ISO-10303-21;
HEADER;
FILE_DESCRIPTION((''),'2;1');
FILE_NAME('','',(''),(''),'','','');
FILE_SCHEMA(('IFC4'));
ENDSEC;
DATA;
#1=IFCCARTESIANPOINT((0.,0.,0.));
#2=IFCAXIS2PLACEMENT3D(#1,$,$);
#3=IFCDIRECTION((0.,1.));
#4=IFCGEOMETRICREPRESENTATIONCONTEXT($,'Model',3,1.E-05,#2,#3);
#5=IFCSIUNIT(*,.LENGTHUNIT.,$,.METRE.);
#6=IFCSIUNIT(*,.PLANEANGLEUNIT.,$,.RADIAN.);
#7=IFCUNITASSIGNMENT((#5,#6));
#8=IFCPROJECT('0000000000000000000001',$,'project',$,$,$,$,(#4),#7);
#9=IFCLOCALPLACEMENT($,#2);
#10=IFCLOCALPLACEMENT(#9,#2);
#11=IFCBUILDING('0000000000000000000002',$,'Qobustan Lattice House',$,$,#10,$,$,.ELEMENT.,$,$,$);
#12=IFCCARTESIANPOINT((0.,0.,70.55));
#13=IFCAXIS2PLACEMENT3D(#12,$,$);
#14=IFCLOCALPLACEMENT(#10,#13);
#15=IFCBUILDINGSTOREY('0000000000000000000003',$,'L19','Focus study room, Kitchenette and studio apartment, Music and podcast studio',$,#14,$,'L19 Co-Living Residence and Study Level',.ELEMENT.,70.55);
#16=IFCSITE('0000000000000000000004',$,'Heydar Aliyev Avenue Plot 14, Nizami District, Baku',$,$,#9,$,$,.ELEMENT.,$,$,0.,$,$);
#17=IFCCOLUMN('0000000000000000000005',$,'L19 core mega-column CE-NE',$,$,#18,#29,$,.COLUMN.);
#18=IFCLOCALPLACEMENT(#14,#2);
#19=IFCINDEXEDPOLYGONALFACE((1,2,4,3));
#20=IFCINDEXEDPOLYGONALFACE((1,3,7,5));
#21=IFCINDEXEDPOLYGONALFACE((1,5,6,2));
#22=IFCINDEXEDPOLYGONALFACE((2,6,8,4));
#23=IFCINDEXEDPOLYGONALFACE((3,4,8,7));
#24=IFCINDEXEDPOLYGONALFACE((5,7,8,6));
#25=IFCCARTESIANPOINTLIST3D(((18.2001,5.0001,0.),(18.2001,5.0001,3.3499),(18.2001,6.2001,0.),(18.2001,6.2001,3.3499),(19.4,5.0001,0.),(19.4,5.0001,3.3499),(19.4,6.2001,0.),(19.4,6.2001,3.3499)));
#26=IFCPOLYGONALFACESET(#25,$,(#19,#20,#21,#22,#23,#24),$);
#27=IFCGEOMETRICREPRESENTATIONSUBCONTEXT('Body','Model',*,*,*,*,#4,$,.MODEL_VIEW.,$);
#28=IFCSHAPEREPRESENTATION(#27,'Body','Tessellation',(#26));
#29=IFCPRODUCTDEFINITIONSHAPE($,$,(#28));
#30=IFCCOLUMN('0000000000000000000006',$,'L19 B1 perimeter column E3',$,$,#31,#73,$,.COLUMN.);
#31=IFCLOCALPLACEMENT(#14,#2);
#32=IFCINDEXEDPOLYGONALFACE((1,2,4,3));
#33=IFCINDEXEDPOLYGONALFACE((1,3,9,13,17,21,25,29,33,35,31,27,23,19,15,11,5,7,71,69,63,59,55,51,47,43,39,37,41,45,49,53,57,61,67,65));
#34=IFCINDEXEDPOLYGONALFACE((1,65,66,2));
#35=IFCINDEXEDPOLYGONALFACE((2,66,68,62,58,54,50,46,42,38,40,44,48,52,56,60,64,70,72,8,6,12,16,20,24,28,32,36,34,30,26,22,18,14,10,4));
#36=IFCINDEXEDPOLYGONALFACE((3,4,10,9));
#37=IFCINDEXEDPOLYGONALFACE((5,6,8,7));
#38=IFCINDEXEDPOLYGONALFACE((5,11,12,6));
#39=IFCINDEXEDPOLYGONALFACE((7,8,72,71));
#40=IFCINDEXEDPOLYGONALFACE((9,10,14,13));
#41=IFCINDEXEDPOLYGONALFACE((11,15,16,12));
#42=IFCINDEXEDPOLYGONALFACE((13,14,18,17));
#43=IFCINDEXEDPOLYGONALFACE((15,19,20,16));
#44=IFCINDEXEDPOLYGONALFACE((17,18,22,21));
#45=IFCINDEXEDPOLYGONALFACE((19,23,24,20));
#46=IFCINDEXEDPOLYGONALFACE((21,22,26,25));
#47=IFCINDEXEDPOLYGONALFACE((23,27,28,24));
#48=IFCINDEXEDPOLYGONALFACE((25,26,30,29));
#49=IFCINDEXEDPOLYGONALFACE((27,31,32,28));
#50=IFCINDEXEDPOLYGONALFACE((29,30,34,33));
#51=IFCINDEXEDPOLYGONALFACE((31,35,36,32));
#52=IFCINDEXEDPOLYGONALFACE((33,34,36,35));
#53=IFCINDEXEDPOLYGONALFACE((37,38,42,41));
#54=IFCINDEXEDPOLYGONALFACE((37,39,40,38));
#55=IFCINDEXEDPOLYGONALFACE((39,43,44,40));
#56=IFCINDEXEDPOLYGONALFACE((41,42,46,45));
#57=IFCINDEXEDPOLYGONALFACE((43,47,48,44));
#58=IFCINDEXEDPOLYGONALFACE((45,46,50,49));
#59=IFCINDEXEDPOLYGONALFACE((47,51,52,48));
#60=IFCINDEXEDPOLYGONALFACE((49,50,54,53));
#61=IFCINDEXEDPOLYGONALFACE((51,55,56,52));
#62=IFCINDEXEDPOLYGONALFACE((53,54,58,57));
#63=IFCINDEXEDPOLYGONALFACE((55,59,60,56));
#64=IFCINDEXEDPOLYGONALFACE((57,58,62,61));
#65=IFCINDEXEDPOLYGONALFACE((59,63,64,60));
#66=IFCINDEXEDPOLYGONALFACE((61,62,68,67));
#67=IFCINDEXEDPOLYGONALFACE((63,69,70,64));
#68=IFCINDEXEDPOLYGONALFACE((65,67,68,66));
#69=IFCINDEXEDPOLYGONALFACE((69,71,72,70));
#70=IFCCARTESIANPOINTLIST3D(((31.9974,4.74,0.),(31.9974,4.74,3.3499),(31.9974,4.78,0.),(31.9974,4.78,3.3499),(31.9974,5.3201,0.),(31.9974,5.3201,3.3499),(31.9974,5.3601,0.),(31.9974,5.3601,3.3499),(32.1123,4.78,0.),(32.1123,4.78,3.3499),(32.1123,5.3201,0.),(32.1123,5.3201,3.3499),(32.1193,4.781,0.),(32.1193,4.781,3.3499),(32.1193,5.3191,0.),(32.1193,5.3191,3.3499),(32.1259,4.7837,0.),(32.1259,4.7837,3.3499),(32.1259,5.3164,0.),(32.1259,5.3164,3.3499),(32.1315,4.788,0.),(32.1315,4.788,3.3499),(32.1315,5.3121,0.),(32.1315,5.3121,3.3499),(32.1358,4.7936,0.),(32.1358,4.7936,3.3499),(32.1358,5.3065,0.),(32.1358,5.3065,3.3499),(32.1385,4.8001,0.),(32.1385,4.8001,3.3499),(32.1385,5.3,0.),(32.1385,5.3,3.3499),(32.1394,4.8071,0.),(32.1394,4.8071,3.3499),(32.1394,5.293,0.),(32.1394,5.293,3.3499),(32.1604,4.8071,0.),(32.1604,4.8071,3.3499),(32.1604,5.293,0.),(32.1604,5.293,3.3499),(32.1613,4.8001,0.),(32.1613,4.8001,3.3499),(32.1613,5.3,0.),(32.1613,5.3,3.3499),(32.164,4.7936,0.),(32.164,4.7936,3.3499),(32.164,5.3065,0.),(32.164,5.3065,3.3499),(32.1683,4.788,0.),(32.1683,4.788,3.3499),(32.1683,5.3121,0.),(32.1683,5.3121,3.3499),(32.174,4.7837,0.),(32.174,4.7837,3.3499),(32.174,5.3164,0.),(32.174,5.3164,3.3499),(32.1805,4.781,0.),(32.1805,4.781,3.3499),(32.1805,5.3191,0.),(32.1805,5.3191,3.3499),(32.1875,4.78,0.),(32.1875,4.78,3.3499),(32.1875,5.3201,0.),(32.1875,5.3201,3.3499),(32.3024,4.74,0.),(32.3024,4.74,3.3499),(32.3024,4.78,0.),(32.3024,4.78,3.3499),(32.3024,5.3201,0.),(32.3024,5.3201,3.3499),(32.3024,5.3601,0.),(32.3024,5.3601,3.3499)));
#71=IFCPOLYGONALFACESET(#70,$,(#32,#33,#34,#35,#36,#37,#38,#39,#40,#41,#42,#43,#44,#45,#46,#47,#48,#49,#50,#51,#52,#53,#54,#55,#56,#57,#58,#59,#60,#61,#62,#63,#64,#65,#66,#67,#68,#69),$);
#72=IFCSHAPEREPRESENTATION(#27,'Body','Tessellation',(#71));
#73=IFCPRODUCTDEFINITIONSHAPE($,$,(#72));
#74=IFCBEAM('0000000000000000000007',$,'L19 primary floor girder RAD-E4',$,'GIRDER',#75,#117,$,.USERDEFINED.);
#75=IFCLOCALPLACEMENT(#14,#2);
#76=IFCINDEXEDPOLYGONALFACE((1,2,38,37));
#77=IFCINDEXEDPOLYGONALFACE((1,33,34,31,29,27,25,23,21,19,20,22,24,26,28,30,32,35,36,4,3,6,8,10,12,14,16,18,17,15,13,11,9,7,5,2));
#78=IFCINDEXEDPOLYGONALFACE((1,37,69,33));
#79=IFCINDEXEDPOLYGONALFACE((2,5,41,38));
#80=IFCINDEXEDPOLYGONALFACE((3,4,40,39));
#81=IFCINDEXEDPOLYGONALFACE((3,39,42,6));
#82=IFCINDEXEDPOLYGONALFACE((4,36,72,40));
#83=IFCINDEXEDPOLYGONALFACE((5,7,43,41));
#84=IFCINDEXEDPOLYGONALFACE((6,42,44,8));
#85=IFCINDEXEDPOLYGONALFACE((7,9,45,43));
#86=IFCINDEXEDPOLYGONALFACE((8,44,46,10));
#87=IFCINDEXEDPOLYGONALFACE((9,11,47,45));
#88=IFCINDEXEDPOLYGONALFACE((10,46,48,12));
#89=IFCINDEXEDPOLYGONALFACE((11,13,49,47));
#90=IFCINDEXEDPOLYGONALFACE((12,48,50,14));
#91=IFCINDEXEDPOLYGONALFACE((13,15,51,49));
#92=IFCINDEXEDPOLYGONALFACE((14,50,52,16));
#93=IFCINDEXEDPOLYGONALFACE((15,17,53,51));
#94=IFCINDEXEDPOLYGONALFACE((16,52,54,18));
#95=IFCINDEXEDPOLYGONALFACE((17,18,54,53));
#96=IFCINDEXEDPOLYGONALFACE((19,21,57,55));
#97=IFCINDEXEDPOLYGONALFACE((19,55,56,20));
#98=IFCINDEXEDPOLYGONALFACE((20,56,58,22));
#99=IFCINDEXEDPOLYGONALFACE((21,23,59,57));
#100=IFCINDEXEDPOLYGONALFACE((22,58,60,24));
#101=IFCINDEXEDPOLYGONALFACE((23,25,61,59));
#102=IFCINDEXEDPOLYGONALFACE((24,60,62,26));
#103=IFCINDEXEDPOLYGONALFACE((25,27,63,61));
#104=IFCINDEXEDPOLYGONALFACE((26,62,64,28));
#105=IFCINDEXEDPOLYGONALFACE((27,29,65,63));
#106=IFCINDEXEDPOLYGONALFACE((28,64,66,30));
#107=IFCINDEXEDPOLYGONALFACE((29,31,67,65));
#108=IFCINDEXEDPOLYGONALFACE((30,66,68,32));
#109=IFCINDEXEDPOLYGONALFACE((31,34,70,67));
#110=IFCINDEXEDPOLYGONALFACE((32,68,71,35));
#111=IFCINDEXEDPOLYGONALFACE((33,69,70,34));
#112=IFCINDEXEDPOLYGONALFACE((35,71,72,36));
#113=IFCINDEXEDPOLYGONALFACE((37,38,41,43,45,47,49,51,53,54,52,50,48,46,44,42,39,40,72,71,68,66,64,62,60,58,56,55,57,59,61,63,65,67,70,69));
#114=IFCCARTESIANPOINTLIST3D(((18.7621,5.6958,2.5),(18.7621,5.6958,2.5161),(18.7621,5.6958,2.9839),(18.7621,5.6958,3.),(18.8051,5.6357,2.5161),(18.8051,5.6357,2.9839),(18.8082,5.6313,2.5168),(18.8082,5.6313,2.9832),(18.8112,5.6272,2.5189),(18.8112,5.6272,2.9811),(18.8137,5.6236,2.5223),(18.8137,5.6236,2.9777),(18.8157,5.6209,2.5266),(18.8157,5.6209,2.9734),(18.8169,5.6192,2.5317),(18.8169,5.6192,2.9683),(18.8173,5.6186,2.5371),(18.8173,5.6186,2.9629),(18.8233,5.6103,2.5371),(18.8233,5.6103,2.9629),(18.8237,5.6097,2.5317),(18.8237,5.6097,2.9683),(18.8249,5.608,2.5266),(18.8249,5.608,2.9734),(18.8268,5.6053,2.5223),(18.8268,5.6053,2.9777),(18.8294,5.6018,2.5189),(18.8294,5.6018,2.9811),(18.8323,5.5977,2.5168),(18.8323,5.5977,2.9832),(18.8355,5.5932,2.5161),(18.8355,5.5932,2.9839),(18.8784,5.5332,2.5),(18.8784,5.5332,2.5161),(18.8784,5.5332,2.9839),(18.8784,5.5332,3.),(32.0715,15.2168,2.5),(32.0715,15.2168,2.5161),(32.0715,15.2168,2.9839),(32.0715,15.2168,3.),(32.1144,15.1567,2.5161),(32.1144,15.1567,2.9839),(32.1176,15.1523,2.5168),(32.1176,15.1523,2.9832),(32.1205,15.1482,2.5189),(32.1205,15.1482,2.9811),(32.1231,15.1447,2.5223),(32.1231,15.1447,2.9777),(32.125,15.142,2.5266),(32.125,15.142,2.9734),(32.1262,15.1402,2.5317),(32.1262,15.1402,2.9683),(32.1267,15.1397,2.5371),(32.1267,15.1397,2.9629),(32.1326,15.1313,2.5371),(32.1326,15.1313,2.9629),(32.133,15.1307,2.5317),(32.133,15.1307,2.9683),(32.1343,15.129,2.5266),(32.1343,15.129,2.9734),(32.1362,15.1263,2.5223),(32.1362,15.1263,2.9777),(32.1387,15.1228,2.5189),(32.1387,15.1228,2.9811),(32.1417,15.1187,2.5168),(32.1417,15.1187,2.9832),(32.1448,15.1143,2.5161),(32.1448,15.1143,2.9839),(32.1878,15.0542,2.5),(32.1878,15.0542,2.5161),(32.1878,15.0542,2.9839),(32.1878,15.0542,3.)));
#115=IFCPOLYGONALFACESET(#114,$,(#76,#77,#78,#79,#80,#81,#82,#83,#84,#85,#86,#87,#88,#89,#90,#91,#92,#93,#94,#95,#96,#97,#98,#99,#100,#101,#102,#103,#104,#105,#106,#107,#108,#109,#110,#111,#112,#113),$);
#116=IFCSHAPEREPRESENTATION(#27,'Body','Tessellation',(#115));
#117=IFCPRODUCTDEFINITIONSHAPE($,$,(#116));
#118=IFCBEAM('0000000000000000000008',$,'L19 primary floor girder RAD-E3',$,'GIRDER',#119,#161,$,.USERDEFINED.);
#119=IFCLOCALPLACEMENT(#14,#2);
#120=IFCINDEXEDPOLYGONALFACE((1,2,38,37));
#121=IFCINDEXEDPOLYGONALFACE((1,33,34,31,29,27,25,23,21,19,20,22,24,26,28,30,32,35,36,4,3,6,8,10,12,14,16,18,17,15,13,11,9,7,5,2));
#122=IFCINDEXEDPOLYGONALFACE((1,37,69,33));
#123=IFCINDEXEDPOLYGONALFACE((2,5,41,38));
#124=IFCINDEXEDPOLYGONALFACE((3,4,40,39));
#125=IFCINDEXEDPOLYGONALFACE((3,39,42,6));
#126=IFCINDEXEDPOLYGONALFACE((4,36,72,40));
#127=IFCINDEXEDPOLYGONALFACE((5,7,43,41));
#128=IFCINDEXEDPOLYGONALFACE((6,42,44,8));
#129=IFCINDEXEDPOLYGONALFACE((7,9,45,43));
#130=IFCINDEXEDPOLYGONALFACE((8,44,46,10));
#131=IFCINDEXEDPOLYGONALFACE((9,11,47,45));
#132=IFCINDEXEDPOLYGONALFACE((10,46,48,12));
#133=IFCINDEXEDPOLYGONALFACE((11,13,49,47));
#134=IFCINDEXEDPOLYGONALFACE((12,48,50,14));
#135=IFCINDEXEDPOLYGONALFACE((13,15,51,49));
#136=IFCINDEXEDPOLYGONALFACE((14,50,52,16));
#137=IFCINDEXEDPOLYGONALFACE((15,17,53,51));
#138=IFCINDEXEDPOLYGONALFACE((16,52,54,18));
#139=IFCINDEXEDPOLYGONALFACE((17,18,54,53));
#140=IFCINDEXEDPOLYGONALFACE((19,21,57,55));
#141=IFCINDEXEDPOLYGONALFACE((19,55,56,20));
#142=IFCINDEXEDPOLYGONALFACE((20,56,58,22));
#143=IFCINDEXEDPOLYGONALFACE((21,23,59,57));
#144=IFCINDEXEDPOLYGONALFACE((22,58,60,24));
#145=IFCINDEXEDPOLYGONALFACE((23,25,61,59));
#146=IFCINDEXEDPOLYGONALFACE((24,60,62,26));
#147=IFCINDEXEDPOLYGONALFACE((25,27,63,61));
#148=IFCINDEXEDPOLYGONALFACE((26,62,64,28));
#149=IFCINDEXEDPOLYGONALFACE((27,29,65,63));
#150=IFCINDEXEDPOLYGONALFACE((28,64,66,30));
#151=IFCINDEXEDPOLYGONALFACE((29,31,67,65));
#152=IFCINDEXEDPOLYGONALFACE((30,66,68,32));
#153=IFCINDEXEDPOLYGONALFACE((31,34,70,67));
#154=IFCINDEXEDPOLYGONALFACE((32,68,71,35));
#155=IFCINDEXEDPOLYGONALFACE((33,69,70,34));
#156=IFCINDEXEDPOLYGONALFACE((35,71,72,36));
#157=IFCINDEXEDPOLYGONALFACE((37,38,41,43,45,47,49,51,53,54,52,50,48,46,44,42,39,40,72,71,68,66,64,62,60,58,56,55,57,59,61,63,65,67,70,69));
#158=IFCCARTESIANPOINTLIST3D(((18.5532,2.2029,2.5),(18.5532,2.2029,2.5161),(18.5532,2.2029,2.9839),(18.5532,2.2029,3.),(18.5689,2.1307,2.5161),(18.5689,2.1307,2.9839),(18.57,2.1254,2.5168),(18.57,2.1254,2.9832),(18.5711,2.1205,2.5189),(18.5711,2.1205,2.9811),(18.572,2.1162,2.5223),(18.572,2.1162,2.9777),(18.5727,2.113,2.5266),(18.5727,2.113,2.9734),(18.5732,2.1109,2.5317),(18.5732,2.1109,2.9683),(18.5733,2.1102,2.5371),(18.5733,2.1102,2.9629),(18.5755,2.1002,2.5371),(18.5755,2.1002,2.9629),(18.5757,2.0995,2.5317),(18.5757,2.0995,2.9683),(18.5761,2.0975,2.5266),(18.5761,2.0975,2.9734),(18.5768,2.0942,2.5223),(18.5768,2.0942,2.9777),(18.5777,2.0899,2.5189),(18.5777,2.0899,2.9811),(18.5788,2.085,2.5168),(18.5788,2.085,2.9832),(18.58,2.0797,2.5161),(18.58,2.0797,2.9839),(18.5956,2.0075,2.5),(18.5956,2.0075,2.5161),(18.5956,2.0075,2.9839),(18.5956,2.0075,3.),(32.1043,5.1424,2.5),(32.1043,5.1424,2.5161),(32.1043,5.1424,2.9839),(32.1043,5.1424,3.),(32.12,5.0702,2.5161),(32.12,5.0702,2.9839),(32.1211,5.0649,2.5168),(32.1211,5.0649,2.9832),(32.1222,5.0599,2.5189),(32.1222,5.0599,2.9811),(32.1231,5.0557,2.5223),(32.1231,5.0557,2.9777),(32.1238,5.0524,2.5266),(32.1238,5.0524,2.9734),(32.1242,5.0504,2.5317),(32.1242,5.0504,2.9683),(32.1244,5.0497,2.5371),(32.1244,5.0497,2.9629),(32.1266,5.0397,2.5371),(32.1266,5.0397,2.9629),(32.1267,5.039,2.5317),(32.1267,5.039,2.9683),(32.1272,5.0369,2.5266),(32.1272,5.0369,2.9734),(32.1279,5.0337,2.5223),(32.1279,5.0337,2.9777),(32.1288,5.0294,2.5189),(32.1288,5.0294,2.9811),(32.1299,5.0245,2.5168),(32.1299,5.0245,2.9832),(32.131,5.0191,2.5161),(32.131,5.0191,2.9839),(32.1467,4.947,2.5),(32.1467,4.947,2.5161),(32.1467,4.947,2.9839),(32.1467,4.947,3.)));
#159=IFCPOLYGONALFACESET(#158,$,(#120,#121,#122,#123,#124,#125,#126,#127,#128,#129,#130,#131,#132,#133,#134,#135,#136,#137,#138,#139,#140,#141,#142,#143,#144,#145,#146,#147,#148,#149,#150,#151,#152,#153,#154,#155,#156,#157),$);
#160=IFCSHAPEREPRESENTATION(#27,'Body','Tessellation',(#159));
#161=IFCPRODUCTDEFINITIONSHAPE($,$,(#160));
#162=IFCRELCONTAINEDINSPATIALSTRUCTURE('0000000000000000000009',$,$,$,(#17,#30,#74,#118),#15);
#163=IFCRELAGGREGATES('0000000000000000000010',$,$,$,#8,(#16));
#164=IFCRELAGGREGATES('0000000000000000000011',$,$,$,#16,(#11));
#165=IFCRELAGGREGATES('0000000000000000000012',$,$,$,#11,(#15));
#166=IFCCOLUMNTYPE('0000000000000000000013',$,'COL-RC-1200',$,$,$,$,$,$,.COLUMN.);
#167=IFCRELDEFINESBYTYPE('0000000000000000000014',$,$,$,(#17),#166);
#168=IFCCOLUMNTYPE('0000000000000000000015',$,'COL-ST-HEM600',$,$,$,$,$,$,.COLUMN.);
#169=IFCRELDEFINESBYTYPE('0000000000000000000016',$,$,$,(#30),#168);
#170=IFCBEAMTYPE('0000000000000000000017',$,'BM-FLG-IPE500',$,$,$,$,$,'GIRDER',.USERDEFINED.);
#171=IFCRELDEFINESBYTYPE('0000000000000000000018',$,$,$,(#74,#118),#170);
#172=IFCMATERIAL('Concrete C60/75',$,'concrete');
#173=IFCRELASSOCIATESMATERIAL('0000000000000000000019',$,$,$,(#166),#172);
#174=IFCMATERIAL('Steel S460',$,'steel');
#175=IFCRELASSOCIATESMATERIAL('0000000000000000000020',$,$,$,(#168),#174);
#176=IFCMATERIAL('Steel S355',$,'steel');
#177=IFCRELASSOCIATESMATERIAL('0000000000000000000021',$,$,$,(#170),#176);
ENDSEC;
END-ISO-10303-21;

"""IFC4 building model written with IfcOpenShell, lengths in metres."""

from ifc_helpers import new_model, si_unit, direction, frame, origin, origin_2d, place, context, subcontext, project, spatial, rectangle, i_section, extrude, material, material_profile, profile_set, type_object, element, save


model = new_model("IFC4")

# Units and contexts
model_context = context("Model", 3, precision=1e-05, world=origin(), true_north=direction((0.0, 1.0)))
body_context = subcontext(model_context, "Body", "Model", "MODEL_VIEW")
ifc_project = project(units=[si_unit("LENGTHUNIT", "METRE"), si_unit("PLANEANGLEUNIT", "RADIAN")], contexts=[model_context])

# Site, building, storey
site_placement = place(None, origin())
site = spatial("IfcSite", under=ifc_project, at=site_placement, Name="Heydar Aliyev Avenue Plot 14, Nizami District, Baku", CompositionType="ELEMENT", RefElevation=0.0)
building_placement = place(site_placement, origin())
building = spatial("IfcBuilding", under=site, at=building_placement, Name="Qobustan Lattice House", CompositionType="ELEMENT")
storey_placement = place(building_placement, frame((0.0, 0.0, 70.55)))
storey = spatial("IfcBuildingStorey", under=building, at=storey_placement, Name="L19", Description="Focus study room, Kitchenette and studio apartment, Music and podcast studio", LongName="L19 Co-Living Residence and Study Level", CompositionType="ELEMENT", Elevation=70.55)

# Columns
ifc_material_1 = material(Name="Concrete C60/75", Category="concrete")
ifc_material_profile_1 = material_profile(ifc_material_1, rectangle(XDim=1.2, YDim=1.2, at=origin_2d()), Name="RC1200x1200")
ifc_profile_set_1 = profile_set([ifc_material_profile_1], Name="Concrete C60/75")
column_type_1 = type_object("IfcColumnType", Name="COL-RC-1200", PredefinedType="COLUMN", material=ifc_profile_set_1)
column_1_placement = place(storey_placement, frame((18.8, 5.6001, 0.0), z_axis=(0.0, 0.0, 1.0), x_axis=(1.0, 0.0, 0.0)))
element("IfcColumn", 1, at=column_1_placement, inside=storey, type_object=column_type_1, Name="L19 core mega-column CE-NE", PredefinedType="COLUMN", context=body_context, shape_type="SweptSolid", body=[
    extrude(rectangle(XDim=1.2, YDim=1.2, at=origin_2d()), origin(), (0.0, 0.0, 1.0), 3.3499),
])
ifc_material_2 = material(Name="Steel S460", Category="steel")
ifc_material_profile_2 = material_profile(ifc_material_2, i_section(OverallWidth=0.3049, OverallDepth=0.6201, WebThickness=0.021, FlangeThickness=0.04, FilletRadius=0.0271, at=origin_2d()), Name="HEM600")
ifc_profile_set_2 = profile_set([ifc_material_profile_2], Name="Steel S460")
column_type_2 = type_object("IfcColumnType", Name="COL-ST-HEM600", PredefinedType="COLUMN", material=ifc_profile_set_2)
column_2_placement = place(storey_placement, frame((32.1499, 5.05, 0.0), z_axis=(0.0, 0.0, 1.0), x_axis=(1.0, 0.0, 0.0)))
element("IfcColumn", 2, at=column_2_placement, inside=storey, type_object=column_type_2, Name="L19 B1 perimeter column E3", PredefinedType="COLUMN", context=body_context, shape_type="SweptSolid", body=[
    extrude(i_section(OverallWidth=0.3049, OverallDepth=0.6201, WebThickness=0.021, FlangeThickness=0.04, FilletRadius=0.0271, at=origin_2d()), origin(), (0.0, 0.0, 1.0), 3.3499),
])

# Beams
ifc_material_3 = material(Name="Steel S355", Category="steel")
ifc_material_profile_3 = material_profile(ifc_material_3, i_section(OverallWidth=0.2, OverallDepth=0.5, WebThickness=0.0103, FlangeThickness=0.0161, FilletRadius=0.021, at=origin_2d()), Name="IPE500")
ifc_profile_set_3 = profile_set([ifc_material_profile_3], Name="Steel S355")
beam_type_1 = type_object("IfcBeamType", Name="BM-FLG-IPE500", ElementType="GIRDER", PredefinedType="USERDEFINED", material=ifc_profile_set_3)
beam_1_placement = place(storey_placement, frame((32.1296, 15.1355, 2.75), z_axis=(-0.813319, -0.581818, 0.0), x_axis=(0.581818, -0.813319, 0.0)))
element("IfcBeam", 3, at=beam_1_placement, inside=storey, type_object=beam_type_1, Name="L19 primary floor girder RAD-E4", ObjectType="GIRDER", PredefinedType="USERDEFINED", context=body_context, shape_type="SweptSolid", body=[
    extrude(i_section(OverallWidth=0.2, OverallDepth=0.5, WebThickness=0.0103, FlangeThickness=0.0161, FilletRadius=0.021, at=origin_2d()), origin(), (0.0, 0.0, 1.0), 16.3643),
])
beam_2_placement = place(storey_placement, frame((32.1255, 5.0447, 2.75), z_axis=(-0.977272, -0.211987, 0.0), x_axis=(0.211987, -0.977272, 0.0)))
element("IfcBeam", 4, at=beam_2_placement, inside=storey, type_object=beam_type_1, Name="L19 primary floor girder RAD-E3", ObjectType="GIRDER", PredefinedType="USERDEFINED", context=body_context, shape_type="SweptSolid", body=[
    extrude(i_section(OverallWidth=0.2, OverallDepth=0.5, WebThickness=0.0103, FlangeThickness=0.0161, FilletRadius=0.021, at=origin_2d()), origin(), (0.0, 0.0, 1.0), 13.8662),
])

save(model, "model.ifc")
